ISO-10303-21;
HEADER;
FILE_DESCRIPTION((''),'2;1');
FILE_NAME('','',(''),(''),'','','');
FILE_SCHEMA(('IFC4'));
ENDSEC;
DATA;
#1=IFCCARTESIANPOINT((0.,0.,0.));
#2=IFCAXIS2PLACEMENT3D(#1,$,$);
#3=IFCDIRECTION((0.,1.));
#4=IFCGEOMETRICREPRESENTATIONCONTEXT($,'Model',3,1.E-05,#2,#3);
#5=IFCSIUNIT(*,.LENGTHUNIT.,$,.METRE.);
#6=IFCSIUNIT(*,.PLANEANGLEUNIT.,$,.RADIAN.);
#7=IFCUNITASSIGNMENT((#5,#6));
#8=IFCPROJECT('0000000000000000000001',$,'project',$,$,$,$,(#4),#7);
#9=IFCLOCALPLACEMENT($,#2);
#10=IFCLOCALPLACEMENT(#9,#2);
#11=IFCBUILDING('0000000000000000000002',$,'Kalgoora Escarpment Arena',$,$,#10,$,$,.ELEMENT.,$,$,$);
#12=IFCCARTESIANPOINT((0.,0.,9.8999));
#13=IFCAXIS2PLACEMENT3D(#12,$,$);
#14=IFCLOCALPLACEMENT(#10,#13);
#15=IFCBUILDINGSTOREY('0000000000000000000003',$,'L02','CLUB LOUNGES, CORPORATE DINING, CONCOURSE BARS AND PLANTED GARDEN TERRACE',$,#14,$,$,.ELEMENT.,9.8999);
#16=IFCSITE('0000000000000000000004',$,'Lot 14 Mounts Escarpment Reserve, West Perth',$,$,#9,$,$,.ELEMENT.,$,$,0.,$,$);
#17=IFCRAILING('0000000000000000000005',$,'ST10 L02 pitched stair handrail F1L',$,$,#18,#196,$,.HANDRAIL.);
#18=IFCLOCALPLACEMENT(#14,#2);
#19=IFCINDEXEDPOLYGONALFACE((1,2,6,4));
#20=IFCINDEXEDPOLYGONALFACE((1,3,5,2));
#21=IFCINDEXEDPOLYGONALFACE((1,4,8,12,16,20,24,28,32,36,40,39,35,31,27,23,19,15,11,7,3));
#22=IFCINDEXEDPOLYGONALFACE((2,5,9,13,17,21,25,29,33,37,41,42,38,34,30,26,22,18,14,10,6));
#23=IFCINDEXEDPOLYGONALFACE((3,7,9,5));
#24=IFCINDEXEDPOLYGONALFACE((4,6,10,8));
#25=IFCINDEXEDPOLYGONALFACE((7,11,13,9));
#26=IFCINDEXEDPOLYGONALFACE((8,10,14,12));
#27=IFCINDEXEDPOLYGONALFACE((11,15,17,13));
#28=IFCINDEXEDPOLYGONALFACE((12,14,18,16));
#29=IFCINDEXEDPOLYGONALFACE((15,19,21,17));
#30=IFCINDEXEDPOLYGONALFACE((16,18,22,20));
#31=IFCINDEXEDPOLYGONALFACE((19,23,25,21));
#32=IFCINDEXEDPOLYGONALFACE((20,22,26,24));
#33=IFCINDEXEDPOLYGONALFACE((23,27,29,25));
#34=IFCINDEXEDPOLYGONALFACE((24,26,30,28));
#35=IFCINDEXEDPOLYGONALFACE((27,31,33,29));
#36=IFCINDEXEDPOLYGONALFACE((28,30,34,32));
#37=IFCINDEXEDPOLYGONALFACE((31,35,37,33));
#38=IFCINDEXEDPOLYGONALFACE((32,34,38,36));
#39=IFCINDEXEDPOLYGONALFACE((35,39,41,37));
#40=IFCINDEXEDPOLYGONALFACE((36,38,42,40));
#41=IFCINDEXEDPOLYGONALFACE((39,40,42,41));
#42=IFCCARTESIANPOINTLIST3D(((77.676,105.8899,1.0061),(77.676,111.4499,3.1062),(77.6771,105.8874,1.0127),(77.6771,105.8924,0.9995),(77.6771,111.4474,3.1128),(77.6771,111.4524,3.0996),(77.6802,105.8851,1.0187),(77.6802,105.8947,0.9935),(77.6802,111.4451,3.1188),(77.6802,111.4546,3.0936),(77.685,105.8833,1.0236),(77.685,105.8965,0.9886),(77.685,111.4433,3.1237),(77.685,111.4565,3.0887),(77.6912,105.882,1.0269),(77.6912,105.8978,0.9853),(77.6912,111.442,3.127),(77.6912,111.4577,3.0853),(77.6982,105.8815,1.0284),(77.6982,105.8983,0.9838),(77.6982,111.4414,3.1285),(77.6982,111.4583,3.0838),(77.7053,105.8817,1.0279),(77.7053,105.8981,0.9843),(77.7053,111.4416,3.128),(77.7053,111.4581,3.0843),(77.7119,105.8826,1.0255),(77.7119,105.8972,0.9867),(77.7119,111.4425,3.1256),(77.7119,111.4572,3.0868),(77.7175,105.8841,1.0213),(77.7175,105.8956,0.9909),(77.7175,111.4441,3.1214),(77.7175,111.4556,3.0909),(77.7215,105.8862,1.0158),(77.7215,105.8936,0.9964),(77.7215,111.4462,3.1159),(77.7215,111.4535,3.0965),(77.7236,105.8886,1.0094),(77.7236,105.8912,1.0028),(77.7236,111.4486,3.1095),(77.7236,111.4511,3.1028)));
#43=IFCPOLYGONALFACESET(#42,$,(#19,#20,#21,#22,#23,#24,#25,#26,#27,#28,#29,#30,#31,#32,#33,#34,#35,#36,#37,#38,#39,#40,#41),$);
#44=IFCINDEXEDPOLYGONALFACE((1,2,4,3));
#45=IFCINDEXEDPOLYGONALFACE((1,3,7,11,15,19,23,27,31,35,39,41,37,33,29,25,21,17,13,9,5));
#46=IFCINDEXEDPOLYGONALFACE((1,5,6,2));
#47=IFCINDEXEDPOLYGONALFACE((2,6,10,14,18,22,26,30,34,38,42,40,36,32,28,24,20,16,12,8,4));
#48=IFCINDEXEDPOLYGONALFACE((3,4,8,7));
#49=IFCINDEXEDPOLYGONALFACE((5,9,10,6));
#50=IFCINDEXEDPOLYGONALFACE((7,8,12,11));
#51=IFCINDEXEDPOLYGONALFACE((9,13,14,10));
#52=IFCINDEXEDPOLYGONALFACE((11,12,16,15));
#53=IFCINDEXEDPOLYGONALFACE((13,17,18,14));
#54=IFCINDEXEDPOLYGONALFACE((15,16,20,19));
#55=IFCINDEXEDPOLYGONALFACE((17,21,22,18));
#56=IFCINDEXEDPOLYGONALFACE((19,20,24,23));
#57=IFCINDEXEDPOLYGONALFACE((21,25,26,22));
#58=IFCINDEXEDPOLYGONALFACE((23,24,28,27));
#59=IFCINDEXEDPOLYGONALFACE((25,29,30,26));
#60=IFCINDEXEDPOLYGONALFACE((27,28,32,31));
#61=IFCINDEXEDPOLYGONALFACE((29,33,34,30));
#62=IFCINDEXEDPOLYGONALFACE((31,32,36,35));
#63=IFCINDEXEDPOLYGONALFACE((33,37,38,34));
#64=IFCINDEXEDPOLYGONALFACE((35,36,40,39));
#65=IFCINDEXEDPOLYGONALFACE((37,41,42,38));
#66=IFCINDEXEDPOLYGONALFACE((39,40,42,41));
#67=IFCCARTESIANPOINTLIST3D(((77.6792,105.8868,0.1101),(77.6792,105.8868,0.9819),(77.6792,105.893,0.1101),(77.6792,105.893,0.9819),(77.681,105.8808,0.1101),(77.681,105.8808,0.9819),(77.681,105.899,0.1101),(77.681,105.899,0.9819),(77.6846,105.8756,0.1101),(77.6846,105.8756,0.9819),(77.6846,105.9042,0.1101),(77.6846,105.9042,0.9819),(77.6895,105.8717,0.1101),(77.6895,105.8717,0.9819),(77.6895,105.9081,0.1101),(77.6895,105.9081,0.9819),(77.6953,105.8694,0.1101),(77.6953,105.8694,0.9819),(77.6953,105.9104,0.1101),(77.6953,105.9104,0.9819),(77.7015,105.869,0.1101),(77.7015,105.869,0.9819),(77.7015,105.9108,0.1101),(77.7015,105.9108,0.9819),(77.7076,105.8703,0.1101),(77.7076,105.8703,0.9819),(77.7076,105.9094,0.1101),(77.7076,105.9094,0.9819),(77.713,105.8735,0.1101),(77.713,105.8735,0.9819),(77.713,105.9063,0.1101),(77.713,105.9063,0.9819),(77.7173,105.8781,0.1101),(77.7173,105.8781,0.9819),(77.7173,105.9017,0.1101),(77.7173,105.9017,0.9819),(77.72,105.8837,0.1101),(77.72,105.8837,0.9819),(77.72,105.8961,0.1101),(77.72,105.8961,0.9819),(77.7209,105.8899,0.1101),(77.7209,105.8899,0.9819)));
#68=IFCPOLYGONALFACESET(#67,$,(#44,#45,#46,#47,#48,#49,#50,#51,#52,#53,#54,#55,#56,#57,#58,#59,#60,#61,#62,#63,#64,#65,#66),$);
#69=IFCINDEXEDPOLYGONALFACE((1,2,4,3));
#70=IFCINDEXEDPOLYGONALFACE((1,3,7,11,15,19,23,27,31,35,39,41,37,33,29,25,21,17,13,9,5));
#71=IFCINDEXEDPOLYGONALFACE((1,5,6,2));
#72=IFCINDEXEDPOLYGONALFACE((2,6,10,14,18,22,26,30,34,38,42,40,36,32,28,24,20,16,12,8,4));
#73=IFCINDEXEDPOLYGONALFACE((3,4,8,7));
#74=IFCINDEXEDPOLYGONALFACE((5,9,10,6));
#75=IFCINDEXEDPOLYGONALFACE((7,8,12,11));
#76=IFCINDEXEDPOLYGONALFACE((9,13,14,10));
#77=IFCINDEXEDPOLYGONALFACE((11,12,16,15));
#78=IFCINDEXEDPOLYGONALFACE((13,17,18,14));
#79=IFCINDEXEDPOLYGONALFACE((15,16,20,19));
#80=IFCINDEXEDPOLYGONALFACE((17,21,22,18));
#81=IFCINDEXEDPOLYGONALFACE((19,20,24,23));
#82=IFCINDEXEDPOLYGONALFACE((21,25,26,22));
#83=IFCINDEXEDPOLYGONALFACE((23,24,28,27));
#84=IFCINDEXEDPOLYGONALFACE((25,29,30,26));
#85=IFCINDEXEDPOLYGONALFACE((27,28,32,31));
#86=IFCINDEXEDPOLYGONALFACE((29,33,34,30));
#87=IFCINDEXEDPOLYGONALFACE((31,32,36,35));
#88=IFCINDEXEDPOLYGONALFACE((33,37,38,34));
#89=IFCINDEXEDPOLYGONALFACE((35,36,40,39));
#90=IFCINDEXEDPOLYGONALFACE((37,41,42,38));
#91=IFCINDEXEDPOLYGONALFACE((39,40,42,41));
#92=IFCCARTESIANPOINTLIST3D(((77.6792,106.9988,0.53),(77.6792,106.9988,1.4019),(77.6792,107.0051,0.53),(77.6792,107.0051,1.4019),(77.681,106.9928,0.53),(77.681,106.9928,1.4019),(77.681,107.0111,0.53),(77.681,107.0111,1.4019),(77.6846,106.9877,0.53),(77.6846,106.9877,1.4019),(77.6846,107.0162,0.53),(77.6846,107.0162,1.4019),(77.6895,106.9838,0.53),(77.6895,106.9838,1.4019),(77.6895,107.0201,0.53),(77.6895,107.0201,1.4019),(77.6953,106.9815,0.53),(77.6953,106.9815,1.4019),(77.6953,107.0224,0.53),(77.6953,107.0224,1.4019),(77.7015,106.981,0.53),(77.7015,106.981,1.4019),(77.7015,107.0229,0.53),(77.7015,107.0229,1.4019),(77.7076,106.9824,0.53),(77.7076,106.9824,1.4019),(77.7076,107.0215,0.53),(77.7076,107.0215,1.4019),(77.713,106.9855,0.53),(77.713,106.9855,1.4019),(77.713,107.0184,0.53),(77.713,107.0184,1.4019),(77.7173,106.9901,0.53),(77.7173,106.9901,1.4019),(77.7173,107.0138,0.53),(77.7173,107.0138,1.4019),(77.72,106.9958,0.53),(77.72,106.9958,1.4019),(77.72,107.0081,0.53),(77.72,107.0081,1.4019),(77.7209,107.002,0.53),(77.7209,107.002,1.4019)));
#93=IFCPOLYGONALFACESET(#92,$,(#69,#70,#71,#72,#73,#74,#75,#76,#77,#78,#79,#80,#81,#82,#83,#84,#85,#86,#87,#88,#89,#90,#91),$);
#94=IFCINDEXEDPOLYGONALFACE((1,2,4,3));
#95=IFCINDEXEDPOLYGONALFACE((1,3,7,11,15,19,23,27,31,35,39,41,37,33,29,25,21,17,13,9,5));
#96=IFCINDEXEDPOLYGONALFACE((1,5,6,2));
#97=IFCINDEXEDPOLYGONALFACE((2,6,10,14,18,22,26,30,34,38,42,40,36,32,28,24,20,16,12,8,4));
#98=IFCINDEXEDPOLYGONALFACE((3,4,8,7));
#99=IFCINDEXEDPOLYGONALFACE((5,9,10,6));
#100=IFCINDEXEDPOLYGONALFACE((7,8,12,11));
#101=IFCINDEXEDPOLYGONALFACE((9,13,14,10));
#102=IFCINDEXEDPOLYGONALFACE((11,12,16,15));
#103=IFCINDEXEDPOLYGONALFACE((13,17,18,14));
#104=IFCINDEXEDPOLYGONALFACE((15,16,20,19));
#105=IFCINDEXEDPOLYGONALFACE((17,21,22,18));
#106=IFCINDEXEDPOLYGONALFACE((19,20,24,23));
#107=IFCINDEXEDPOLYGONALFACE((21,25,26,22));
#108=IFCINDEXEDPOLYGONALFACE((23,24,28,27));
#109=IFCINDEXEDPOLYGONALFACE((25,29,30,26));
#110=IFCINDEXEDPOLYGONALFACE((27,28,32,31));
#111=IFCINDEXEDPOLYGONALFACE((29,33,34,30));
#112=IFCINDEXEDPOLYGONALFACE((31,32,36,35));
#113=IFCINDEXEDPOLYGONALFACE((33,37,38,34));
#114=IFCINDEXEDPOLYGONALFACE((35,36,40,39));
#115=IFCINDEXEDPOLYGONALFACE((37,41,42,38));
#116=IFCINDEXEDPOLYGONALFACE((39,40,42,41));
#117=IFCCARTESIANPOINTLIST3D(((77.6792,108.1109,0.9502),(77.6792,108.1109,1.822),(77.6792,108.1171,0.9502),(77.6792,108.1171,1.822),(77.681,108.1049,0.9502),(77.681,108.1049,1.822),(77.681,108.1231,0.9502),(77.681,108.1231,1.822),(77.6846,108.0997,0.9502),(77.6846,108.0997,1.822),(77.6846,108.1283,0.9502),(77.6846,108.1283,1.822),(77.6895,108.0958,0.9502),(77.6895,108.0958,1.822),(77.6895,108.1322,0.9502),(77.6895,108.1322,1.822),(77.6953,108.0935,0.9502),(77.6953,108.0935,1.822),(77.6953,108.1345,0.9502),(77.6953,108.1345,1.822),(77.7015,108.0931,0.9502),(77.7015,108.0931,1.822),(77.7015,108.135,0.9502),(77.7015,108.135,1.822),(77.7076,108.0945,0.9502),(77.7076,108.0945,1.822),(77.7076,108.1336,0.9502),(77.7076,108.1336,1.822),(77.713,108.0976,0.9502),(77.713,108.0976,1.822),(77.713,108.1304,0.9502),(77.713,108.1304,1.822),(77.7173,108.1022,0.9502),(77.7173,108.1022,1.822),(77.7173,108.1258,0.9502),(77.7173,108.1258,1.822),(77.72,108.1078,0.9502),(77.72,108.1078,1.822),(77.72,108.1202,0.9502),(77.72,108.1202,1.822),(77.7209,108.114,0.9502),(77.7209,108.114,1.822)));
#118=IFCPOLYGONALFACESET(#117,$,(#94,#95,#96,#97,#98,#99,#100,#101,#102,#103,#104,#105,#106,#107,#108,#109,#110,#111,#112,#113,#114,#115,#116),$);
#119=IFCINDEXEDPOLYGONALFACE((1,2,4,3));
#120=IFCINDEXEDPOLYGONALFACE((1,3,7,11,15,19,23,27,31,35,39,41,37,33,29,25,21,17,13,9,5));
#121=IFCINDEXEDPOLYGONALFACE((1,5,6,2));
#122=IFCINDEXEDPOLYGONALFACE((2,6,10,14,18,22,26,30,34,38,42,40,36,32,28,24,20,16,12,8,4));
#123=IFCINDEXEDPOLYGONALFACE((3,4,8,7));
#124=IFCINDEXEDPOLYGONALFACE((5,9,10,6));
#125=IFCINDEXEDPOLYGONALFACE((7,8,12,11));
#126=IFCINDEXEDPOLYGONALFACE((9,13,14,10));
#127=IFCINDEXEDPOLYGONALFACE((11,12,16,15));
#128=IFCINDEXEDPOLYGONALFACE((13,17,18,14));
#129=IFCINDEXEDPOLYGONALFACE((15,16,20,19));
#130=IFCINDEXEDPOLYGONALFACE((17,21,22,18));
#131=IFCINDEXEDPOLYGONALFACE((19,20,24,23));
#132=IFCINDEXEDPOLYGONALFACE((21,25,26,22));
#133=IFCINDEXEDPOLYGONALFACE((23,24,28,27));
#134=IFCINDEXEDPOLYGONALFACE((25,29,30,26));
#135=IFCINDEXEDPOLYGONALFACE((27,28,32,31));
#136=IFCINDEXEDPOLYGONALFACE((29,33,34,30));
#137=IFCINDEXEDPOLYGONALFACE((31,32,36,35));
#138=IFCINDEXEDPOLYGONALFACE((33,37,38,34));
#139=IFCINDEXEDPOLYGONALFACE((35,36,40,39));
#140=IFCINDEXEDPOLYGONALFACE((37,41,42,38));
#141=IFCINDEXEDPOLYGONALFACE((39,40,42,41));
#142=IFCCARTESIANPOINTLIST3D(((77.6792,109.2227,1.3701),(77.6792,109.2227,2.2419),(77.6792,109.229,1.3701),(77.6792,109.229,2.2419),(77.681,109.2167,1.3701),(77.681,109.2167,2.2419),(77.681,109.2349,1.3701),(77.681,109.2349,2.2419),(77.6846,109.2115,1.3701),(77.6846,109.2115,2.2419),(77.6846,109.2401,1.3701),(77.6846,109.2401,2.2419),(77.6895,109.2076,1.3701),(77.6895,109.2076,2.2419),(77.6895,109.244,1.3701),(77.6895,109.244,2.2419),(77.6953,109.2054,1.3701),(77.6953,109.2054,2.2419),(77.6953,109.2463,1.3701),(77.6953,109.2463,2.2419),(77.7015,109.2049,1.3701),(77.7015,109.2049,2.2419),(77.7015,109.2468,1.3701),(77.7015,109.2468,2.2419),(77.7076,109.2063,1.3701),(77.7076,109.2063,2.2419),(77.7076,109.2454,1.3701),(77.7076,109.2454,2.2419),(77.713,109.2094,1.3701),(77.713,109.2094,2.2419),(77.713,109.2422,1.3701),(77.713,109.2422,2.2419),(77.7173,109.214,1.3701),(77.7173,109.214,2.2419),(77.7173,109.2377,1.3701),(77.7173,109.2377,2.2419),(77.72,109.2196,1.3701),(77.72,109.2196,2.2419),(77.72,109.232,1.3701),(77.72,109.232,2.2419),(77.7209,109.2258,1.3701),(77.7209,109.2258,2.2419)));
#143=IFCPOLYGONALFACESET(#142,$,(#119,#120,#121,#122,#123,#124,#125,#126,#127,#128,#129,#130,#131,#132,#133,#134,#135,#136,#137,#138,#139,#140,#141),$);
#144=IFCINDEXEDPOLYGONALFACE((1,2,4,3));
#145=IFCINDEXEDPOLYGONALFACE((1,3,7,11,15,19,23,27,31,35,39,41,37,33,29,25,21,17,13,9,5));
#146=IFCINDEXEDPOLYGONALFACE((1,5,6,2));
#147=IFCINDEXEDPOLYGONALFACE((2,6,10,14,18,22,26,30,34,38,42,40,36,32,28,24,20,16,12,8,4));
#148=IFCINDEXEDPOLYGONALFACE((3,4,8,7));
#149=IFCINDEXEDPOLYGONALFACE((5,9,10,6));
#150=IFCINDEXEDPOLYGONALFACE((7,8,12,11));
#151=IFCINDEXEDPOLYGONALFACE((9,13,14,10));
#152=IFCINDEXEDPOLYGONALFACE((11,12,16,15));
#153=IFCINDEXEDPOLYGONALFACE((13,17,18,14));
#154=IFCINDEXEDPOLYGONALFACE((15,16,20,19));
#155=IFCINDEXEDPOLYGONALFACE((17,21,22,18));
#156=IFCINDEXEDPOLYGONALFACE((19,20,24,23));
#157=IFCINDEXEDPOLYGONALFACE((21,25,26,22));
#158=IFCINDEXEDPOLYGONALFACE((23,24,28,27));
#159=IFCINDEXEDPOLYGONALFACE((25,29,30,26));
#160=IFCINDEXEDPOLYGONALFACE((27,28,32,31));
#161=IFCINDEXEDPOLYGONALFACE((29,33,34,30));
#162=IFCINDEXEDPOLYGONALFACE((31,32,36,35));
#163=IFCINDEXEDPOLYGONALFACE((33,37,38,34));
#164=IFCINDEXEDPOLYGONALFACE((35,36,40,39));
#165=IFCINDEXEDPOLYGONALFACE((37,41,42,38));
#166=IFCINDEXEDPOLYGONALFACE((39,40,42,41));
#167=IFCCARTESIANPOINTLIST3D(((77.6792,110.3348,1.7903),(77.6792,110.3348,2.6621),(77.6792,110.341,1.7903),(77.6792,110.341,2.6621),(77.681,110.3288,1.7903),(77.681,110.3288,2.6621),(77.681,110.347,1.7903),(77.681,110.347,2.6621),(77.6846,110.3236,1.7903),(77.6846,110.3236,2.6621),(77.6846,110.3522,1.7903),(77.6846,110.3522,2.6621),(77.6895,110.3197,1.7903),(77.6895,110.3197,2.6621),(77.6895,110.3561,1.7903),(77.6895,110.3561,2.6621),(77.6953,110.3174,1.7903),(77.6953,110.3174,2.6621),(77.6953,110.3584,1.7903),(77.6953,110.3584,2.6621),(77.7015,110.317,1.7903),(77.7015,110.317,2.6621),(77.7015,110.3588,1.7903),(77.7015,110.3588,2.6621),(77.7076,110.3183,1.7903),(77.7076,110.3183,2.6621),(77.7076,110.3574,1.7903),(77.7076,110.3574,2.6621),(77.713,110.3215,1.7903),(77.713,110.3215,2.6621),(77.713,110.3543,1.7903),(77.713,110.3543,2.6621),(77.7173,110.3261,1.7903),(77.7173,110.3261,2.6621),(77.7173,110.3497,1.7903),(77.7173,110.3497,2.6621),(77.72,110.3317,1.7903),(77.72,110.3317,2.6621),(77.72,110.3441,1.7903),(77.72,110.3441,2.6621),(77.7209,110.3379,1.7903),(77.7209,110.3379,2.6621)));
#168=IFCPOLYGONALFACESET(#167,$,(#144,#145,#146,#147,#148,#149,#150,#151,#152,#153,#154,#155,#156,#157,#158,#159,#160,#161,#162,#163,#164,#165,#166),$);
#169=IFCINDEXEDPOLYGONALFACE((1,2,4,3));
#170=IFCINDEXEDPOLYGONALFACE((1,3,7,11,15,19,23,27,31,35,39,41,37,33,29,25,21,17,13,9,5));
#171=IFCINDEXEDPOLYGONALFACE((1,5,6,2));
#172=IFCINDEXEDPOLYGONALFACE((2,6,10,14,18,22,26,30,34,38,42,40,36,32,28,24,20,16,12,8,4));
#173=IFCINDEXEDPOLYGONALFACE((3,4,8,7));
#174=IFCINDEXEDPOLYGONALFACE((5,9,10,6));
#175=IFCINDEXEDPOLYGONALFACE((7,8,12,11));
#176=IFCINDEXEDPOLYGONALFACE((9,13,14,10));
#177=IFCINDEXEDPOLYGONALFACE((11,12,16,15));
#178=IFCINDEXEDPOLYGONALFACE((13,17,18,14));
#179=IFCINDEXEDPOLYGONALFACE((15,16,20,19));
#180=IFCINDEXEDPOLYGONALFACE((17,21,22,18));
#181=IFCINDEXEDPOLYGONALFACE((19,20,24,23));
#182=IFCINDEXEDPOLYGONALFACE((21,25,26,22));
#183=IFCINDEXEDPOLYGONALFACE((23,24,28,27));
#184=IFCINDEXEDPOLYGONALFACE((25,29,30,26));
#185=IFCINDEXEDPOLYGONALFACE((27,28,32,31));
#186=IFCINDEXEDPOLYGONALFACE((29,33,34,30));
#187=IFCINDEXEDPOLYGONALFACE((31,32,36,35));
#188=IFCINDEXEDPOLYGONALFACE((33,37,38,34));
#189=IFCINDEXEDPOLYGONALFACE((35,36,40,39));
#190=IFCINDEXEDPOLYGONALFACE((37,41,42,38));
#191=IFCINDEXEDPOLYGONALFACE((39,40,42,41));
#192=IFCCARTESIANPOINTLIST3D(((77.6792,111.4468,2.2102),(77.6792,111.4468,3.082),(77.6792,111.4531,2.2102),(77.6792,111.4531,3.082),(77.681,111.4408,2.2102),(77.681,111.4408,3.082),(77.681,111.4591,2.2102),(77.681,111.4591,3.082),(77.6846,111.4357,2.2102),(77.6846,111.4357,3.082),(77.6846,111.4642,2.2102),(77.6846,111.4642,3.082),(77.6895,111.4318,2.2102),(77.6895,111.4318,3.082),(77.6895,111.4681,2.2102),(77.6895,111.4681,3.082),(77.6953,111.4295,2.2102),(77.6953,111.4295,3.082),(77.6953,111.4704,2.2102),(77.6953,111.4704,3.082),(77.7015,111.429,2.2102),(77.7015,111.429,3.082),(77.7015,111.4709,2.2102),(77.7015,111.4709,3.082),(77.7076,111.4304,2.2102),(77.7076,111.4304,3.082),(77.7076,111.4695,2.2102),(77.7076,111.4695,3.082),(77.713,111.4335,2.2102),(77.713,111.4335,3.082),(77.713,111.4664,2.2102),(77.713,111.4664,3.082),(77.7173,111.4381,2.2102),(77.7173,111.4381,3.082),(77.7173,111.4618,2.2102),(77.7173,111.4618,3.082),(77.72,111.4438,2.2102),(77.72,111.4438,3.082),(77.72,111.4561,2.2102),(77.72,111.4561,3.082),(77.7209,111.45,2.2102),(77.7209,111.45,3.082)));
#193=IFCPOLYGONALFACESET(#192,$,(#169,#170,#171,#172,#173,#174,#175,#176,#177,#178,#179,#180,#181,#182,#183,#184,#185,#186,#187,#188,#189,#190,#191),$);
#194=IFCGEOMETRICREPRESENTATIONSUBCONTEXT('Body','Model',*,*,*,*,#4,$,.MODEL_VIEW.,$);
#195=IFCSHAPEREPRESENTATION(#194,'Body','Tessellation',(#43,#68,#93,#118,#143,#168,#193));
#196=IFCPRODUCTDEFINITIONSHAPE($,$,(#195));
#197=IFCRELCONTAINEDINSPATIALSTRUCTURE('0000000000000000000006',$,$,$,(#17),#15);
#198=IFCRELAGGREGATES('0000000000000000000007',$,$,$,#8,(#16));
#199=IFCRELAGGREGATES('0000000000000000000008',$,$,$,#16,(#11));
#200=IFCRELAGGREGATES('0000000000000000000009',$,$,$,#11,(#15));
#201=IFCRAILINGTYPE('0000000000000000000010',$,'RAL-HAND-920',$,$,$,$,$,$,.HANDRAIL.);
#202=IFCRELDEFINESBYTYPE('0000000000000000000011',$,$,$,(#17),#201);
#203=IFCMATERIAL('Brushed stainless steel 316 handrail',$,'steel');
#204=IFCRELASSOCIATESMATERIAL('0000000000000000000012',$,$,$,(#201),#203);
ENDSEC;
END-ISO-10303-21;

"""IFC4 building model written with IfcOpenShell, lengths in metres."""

from ifc_helpers import new_model, si_unit, direction, frame, origin, origin_2d, place, context, subcontext, project, spatial, circle, extrude, material, type_object, element, save


model = new_model("IFC4")

# Units and contexts
model_context = context("Model", 3, precision=1e-05, world=origin(), true_north=direction((0.0, 1.0)))
body_context = subcontext(model_context, "Body", "Model", "MODEL_VIEW")
ifc_project = project(units=[si_unit("LENGTHUNIT", "METRE"), si_unit("PLANEANGLEUNIT", "RADIAN")], contexts=[model_context])

# Site, building, storey
site_placement = place(None, origin())
site = spatial("IfcSite", under=ifc_project, at=site_placement, Name="Lot 14 Mounts Escarpment Reserve, West Perth", CompositionType="ELEMENT", RefElevation=0.0)
building_placement = place(site_placement, origin())
building = spatial("IfcBuilding", under=site, at=building_placement, Name="Kalgoora Escarpment Arena", CompositionType="ELEMENT")
storey_placement = place(building_placement, frame((0.0, 0.0, 9.8999)))
storey = spatial("IfcBuildingStorey", under=building, at=storey_placement, Name="L02", Description="CLUB LOUNGES, CORPORATE DINING, CONCOURSE BARS AND PLANTED GARDEN TERRACE", CompositionType="ELEMENT", Elevation=9.8999)

# Railing
ifc_material_1 = material(Name="Brushed stainless steel 316 handrail", Category="steel")
railing_type_1 = type_object("IfcRailingType", Name="RAL-HAND-920", PredefinedType="HANDRAIL", material=ifc_material_1)
railing_1_placement = place(storey_placement, frame((77.7, 105.8899, 0.1101)))
element("IfcRailing", 1, at=railing_1_placement, inside=storey, type_object=railing_type_1, Name="ST10 L02 pitched stair handrail F1L", PredefinedType="HANDRAIL", context=body_context, shape_type="SweptSolid", body=[
    extrude(circle(Radius=0.0239, at=origin_2d()), frame((0.0, 0.0, 0.896), z_axis=(0.0, 0.935493, 0.353346), x_axis=(-1.0, 0.0, 0.0)), (0.0, 0.0, 1.0), 5.9434),
    extrude(circle(Radius=0.021, at=origin_2d()), origin(), (0.0, 0.0, 1.0), 0.8718),
    extrude(circle(Radius=0.021, at=origin_2d()), frame((0.0, 1.1121, 0.4199)), (0.0, 0.0, 1.0), 0.8718),
    extrude(circle(Radius=0.021, at=origin_2d()), frame((0.0, 2.2241, 0.8401)), (0.0, 0.0, 1.0), 0.8718),
    extrude(circle(Radius=0.021, at=origin_2d()), frame((0.0, 3.3359, 1.26)), (0.0, 0.0, 1.0), 0.8718),
    extrude(circle(Radius=0.021, at=origin_2d()), frame((0.0, 4.448, 1.6802)), (0.0, 0.0, 1.0), 0.8718),
    extrude(circle(Radius=0.021, at=origin_2d()), frame((0.0, 5.5601, 2.1001)), (0.0, 0.0, 1.0), 0.8718),
])

save(model, "model.ifc")
